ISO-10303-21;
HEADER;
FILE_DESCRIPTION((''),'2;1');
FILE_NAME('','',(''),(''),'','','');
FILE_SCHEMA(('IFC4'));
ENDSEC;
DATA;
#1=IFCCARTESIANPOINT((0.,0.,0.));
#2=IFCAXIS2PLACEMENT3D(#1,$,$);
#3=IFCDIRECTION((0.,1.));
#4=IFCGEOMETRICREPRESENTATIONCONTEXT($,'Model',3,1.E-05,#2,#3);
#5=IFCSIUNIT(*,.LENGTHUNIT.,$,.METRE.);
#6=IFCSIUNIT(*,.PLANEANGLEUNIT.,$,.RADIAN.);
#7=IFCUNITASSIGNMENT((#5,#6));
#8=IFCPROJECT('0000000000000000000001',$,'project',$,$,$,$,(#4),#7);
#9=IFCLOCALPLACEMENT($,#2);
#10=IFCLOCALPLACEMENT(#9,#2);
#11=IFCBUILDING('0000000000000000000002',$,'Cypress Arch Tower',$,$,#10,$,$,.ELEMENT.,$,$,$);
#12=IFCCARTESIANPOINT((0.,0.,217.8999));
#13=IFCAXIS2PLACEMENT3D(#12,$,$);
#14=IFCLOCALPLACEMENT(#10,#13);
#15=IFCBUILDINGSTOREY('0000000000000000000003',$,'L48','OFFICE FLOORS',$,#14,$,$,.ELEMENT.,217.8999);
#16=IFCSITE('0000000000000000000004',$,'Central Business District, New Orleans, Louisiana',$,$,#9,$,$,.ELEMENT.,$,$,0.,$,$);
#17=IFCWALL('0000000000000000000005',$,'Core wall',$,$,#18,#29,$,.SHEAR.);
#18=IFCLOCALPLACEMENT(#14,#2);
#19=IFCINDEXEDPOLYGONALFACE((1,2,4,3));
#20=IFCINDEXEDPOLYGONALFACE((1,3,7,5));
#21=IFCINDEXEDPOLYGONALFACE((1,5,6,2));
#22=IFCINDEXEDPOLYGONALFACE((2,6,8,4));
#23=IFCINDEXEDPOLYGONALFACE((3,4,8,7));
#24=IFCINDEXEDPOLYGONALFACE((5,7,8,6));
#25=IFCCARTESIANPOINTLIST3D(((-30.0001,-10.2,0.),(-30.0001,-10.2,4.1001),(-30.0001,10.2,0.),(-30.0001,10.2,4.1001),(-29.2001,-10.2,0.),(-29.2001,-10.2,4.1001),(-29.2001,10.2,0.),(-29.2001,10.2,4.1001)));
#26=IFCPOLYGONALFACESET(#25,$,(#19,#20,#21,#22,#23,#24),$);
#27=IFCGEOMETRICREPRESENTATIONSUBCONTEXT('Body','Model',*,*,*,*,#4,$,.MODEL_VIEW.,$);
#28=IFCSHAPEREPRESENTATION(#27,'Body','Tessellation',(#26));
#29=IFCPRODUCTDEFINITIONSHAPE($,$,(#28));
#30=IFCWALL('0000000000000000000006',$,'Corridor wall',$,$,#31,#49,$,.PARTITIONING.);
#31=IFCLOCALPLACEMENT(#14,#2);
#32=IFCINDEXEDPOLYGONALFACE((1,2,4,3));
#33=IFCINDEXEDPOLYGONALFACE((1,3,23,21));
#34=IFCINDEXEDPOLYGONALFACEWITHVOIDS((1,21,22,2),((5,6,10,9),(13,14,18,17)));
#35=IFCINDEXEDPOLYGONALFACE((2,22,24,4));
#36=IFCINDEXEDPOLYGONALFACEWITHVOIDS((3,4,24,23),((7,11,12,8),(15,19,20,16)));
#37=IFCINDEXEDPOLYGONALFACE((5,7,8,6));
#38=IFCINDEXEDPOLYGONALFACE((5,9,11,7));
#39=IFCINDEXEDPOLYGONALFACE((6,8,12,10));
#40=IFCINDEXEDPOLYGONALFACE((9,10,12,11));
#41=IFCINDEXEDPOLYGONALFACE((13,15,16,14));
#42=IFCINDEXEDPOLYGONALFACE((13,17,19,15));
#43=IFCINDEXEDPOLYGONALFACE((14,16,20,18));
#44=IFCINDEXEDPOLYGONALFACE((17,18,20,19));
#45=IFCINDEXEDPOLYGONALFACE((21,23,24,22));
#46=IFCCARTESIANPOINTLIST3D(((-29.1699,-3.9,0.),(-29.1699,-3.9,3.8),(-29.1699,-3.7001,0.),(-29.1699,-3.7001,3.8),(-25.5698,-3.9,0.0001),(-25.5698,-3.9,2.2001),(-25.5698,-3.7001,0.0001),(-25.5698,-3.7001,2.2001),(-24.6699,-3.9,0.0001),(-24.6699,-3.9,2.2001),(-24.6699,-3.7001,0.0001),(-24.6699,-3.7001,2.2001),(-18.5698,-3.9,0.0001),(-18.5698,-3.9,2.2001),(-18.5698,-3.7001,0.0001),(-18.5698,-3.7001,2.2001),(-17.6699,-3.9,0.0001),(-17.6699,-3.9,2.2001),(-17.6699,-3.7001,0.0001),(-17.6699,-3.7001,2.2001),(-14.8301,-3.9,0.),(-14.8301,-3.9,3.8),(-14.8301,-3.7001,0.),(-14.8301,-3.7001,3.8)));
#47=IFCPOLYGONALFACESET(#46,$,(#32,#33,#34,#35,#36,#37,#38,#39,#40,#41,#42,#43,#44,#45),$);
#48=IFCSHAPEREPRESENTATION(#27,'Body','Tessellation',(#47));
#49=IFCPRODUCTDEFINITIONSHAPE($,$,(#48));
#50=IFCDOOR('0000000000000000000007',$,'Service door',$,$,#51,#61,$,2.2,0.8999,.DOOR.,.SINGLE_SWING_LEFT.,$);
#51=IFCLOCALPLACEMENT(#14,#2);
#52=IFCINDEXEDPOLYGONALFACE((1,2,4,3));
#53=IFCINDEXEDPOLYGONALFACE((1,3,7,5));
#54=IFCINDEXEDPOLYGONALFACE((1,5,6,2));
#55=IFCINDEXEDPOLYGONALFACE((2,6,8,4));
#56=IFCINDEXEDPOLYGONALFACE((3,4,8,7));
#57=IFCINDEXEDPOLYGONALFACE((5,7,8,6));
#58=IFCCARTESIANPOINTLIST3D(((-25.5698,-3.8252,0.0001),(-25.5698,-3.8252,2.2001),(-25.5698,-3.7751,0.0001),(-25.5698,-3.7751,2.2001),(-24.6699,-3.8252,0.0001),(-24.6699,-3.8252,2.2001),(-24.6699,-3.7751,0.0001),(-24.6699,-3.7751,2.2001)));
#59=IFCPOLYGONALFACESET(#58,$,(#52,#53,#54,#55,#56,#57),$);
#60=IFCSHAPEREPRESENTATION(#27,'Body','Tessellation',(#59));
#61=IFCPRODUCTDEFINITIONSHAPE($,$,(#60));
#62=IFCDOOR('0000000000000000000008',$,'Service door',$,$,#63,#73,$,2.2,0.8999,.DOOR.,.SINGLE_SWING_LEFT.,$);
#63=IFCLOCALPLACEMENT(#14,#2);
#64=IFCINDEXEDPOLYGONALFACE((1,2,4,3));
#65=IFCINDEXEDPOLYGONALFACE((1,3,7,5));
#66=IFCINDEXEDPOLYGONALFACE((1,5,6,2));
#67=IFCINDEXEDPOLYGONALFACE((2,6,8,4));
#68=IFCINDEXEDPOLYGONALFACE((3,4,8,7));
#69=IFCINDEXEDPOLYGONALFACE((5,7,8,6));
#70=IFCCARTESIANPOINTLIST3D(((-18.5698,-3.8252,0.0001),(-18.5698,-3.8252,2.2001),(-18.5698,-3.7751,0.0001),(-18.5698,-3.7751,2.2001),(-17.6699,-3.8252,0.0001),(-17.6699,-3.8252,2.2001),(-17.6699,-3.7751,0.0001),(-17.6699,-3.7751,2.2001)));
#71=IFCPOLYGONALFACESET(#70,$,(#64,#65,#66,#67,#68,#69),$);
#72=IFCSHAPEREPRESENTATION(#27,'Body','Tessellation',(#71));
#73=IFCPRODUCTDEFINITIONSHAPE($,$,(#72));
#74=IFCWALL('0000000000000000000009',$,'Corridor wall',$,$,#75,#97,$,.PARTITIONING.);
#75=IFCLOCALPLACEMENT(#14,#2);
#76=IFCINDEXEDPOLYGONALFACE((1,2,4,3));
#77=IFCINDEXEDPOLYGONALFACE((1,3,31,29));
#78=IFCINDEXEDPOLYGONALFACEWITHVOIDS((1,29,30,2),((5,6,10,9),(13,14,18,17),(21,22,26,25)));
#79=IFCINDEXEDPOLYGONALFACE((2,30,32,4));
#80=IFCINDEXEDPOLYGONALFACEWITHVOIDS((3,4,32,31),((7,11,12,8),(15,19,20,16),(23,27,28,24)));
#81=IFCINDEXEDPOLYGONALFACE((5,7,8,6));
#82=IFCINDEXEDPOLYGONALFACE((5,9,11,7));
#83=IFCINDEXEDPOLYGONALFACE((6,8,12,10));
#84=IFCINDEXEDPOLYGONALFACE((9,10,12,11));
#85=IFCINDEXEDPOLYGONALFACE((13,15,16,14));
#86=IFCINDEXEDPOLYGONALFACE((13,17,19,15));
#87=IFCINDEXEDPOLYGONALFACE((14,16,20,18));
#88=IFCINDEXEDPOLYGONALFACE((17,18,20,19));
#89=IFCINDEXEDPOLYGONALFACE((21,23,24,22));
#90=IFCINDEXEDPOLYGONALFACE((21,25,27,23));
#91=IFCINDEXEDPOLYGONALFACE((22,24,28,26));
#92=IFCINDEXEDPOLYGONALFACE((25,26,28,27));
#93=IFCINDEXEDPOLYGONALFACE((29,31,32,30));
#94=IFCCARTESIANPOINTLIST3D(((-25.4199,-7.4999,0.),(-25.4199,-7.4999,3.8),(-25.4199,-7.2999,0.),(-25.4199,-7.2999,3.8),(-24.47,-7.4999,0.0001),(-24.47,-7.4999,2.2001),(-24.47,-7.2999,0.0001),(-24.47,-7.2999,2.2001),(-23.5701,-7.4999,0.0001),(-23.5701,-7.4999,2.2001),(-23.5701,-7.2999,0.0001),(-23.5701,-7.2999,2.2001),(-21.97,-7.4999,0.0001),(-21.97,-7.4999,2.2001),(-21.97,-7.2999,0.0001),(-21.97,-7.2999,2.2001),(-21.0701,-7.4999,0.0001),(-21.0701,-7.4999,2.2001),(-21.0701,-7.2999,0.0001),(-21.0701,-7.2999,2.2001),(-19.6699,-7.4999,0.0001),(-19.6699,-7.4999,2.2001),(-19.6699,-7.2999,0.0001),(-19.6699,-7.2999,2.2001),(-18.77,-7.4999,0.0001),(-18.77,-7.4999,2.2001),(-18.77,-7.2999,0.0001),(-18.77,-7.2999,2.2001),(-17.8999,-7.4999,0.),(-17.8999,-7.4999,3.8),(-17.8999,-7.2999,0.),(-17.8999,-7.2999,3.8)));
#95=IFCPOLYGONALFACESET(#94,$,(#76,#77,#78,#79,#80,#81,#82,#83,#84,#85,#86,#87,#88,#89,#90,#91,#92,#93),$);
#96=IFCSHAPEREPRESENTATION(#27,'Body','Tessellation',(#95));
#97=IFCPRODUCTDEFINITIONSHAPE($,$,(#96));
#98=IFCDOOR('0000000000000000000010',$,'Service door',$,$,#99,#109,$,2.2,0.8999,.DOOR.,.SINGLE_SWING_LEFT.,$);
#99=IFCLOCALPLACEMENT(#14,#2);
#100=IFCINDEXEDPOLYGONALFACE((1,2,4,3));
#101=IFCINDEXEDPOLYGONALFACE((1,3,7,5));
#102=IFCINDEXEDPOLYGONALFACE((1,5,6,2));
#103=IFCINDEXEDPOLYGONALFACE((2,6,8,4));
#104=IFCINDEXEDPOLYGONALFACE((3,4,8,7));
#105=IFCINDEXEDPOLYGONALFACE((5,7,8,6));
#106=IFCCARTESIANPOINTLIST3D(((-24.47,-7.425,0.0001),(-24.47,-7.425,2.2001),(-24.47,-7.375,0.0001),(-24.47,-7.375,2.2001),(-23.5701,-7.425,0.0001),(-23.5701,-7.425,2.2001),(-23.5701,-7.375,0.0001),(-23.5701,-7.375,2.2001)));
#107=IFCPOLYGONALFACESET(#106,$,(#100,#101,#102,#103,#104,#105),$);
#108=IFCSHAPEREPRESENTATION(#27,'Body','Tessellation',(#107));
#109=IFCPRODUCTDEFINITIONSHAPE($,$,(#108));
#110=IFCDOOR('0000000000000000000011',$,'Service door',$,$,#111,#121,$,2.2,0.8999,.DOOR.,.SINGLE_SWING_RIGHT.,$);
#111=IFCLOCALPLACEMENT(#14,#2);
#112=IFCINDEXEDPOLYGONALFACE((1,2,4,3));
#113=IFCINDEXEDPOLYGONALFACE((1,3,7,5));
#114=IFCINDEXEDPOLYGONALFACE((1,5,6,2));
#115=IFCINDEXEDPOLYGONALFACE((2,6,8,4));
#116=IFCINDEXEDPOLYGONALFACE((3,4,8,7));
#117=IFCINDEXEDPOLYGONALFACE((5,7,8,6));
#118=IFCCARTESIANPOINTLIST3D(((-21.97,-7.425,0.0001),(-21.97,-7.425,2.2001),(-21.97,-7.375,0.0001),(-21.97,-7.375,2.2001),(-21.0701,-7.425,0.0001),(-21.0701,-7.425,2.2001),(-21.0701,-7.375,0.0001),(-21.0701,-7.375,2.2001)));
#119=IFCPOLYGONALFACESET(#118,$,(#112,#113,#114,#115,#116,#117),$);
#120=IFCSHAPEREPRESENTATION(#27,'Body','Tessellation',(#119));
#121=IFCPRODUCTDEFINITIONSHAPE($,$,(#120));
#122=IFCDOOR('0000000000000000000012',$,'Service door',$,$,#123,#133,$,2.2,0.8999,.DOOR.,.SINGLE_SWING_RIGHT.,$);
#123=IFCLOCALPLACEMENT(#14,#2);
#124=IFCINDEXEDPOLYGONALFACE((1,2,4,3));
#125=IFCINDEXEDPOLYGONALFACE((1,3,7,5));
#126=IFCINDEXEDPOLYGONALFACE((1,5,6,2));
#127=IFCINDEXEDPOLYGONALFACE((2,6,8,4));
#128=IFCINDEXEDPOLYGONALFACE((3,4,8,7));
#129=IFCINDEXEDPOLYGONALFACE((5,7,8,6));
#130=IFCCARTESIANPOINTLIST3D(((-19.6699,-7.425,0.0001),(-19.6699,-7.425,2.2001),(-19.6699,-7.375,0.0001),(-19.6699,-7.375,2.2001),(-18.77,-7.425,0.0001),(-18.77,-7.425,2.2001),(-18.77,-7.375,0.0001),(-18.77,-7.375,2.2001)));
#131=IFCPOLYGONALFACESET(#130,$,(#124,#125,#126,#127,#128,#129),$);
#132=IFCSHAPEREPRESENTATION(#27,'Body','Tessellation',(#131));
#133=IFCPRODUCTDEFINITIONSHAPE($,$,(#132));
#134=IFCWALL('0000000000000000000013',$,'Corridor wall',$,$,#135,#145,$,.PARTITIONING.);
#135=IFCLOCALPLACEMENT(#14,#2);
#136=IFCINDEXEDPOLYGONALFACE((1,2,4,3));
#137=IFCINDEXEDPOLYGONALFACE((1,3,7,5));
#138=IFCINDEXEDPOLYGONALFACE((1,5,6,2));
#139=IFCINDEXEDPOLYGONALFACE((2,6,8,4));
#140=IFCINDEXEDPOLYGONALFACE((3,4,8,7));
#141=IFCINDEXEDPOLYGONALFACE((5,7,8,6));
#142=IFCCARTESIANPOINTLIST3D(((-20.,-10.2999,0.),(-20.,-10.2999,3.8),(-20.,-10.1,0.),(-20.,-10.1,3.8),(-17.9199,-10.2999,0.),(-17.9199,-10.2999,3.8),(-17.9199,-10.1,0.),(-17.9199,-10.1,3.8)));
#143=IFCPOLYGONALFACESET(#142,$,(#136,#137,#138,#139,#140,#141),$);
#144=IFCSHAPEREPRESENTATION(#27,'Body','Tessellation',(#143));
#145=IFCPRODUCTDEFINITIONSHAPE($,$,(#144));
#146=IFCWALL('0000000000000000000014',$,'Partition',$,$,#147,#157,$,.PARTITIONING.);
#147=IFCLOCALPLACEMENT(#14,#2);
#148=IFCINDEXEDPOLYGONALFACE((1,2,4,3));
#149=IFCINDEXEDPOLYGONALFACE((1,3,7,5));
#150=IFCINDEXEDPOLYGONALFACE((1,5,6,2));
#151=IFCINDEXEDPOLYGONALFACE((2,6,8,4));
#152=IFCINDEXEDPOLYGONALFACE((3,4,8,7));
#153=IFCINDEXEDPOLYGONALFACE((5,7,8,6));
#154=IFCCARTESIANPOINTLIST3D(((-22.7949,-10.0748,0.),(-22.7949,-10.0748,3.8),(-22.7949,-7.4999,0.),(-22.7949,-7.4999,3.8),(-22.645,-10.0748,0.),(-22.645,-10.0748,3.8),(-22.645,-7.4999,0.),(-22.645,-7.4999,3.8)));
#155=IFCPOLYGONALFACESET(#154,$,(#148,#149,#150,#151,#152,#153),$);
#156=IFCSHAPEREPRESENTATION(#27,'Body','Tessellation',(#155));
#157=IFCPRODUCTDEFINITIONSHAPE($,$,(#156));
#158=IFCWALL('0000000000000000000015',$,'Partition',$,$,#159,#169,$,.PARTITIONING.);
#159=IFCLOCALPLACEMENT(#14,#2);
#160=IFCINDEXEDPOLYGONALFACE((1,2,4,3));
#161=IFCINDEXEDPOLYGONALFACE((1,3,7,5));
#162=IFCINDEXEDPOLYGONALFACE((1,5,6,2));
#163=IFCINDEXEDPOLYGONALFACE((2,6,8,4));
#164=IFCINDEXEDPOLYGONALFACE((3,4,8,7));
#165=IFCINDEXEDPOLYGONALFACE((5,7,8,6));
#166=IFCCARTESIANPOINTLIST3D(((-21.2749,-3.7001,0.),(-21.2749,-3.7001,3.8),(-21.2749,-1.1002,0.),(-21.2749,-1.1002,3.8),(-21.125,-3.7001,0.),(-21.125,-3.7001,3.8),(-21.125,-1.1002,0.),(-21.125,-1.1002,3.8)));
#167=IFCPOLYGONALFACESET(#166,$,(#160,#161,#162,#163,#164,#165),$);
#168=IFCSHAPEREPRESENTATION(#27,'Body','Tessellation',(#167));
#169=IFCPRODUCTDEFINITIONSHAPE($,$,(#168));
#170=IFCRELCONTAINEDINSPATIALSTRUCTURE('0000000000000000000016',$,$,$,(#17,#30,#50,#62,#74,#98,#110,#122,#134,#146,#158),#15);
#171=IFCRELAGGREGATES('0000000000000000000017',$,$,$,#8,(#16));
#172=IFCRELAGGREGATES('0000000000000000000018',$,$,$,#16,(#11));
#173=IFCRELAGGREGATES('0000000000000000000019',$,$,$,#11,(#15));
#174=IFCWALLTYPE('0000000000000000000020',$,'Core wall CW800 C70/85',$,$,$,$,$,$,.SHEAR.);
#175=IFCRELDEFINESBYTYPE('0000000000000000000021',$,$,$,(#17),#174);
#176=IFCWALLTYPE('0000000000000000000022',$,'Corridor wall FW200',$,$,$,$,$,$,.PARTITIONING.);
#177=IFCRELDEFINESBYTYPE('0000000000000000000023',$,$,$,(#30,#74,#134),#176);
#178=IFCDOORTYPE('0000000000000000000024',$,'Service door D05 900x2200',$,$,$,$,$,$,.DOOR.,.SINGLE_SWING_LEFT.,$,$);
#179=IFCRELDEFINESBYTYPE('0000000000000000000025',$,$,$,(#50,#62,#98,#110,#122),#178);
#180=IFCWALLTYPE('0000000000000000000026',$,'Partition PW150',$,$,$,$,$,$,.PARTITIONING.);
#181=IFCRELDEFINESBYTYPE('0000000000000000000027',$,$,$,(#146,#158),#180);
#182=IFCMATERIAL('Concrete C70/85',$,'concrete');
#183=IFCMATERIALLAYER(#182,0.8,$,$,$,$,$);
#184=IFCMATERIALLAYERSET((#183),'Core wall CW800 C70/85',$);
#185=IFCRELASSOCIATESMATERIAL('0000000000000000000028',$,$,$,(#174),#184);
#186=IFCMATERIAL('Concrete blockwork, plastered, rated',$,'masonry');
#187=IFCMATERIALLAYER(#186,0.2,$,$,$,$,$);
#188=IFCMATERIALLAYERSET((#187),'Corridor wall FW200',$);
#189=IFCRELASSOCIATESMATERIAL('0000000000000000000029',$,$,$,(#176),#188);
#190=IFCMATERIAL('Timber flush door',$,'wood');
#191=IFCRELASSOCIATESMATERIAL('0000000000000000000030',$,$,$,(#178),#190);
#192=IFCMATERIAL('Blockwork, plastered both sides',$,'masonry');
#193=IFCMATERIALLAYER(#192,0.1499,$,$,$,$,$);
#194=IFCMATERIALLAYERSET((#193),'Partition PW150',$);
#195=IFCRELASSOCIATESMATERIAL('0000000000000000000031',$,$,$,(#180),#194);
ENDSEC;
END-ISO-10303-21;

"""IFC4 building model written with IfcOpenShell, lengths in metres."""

from ifc_helpers import new_model, si_unit, direction, frame, frame_2d, origin, place, context, subcontext, project, spatial, rectangle, extrude, material, layer, layer_set, type_object, element, fill, save


model = new_model("IFC4")

# Units and contexts
model_context = context("Model", 3, precision=1e-05, world=origin(), true_north=direction((0.0, 1.0)))
body_context = subcontext(model_context, "Body", "Model", "MODEL_VIEW")
ifc_project = project(units=[si_unit("LENGTHUNIT", "METRE"), si_unit("PLANEANGLEUNIT", "RADIAN")], contexts=[model_context])

# Site, building, storey
site_placement = place(None, origin())
site = spatial("IfcSite", under=ifc_project, at=site_placement, Name="Central Business District, New Orleans, Louisiana", CompositionType="ELEMENT", RefElevation=0.0)
building_placement = place(site_placement, origin())
building = spatial("IfcBuilding", under=site, at=building_placement, Name="Cypress Arch Tower", CompositionType="ELEMENT")
storey_placement = place(building_placement, frame((0.0, 0.0, 217.8999)))
storey = spatial("IfcBuildingStorey", under=building, at=storey_placement, Name="L48", Description="OFFICE FLOORS", CompositionType="ELEMENT", Elevation=217.8999)

# Wall
ifc_material_1 = material(Name="Concrete C70/85", Category="concrete")
ifc_layer_1 = layer(ifc_material_1, 0.8)
ifc_layer_set_1 = layer_set([ifc_layer_1], Name="Core wall CW800 C70/85")
wall_type_1 = type_object("IfcWallType", Name="Core wall CW800 C70/85", PredefinedType="SHEAR", material=ifc_layer_set_1)
wall_1_placement = place(storey_placement, frame((-29.6001, -10.2, 0.0), z_axis=(0.0, 0.0, 1.0), x_axis=(0.0, 1.0, 0.0)))
element("IfcWall", 1, at=wall_1_placement, inside=storey, type_object=wall_type_1, Name="Core wall", PredefinedType="SHEAR", context=body_context, shape_type="SweptSolid", body=[
    extrude(rectangle(XDim=20.3999, YDim=0.8, at=frame_2d((10.2, 0.0))), origin(), (0.0, 0.0, 1.0), 4.1001),
])

# Walls, openings, doors
ifc_material_2 = material(Name="Concrete blockwork, plastered, rated", Category="masonry")
ifc_layer_2 = layer(ifc_material_2, 0.2)
ifc_layer_set_2 = layer_set([ifc_layer_2], Name="Corridor wall FW200")
wall_type_2 = type_object("IfcWallType", Name="Corridor wall FW200", PredefinedType="PARTITIONING", material=ifc_layer_set_2)
wall_2_placement = place(storey_placement, frame((-29.1699, -3.8, 0.0), z_axis=(0.0, 0.0, 1.0), x_axis=(1.0, 0.0, 0.0)))
wall_2 = element("IfcWall", 2, at=wall_2_placement, inside=storey, type_object=wall_type_2, Name="Corridor wall", PredefinedType="PARTITIONING", context=body_context, shape_type="SweptSolid", body=[
    extrude(rectangle(XDim=14.3398, YDim=0.2, at=frame_2d((7.1699, 0.0))), origin(), (0.0, 0.0, 1.0), 3.8),
])
opening_1_placement = place(wall_2_placement, frame((3.6001, 0.0, 0.0)))
opening_1 = element("IfcOpeningElement", 3, at=opening_1_placement, cuts=wall_2, PredefinedType="OPENING", context=body_context, shape_type="SweptSolid", body=[
    extrude(rectangle(XDim=0.8999, YDim=2.2, at=frame_2d((0.45, 1.1001))), frame((0.0, 0.1099, 0.0), z_axis=(0.0, -1.0, 0.0), x_axis=(1.0, 0.0, 0.0)), (0.0, 0.0, 1.0), 0.22),
])
opening_2_placement = place(wall_2_placement, frame((10.6001, 0.0, 0.0)))
opening_2 = element("IfcOpeningElement", 4, at=opening_2_placement, cuts=wall_2, PredefinedType="OPENING", context=body_context, shape_type="SweptSolid", body=[
    extrude(rectangle(XDim=0.8999, YDim=2.2, at=frame_2d((0.45, 1.1001))), frame((0.0, 0.1099, 0.0), z_axis=(0.0, -1.0, 0.0), x_axis=(1.0, 0.0, 0.0)), (0.0, 0.0, 1.0), 0.22),
])
ifc_material_3 = material(Name="Timber flush door", Category="wood")
door_type_1 = type_object("IfcDoorType", Name="Service door D05 900x2200", OperationType="SINGLE_SWING_LEFT", PredefinedType="DOOR", material=ifc_material_3)
door_1_placement = place(opening_1_placement, origin())
door_1 = element("IfcDoor", 5, at=door_1_placement, inside=storey, type_object=door_type_1, Name="Service door", OperationType="SINGLE_SWING_LEFT", OverallHeight=2.2, OverallWidth=0.8999, PredefinedType="DOOR", context=body_context, shape_type="SweptSolid", body=[
    extrude(rectangle(XDim=0.8999, YDim=2.2, at=frame_2d((0.45, 1.1001))), frame((0.0, 0.0249, 0.0), z_axis=(0.0, -1.0, 0.0), x_axis=(1.0, 0.0, 0.0)), (0.0, 0.0, 1.0), 0.05),
])
fill(opening_1, door_1)
door_2_placement = place(opening_2_placement, origin())
door_2 = element("IfcDoor", 6, at=door_2_placement, inside=storey, type_object=door_type_1, Name="Service door", OperationType="SINGLE_SWING_LEFT", OverallHeight=2.2, OverallWidth=0.8999, PredefinedType="DOOR", context=body_context, shape_type="SweptSolid", body=[
    extrude(rectangle(XDim=0.8999, YDim=2.2, at=frame_2d((0.45, 1.1001))), frame((0.0, 0.0249, 0.0), z_axis=(0.0, -1.0, 0.0), x_axis=(1.0, 0.0, 0.0)), (0.0, 0.0, 1.0), 0.05),
])
fill(opening_2, door_2)
wall_3_placement = place(storey_placement, frame((-25.4199, -7.3999, 0.0), z_axis=(0.0, 0.0, 1.0), x_axis=(1.0, 0.0, 0.0)))
wall_3 = element("IfcWall", 7, at=wall_3_placement, inside=storey, type_object=wall_type_2, Name="Corridor wall", PredefinedType="PARTITIONING", context=body_context, shape_type="SweptSolid", body=[
    extrude(rectangle(XDim=7.52, YDim=0.2, at=frame_2d((3.76, 0.0))), origin(), (0.0, 0.0, 1.0), 3.8),
])
opening_3_placement = place(wall_3_placement, frame((0.95, 0.0, 0.0)))
opening_3 = element("IfcOpeningElement", 8, at=opening_3_placement, cuts=wall_3, PredefinedType="OPENING", context=body_context, shape_type="SweptSolid", body=[
    extrude(rectangle(XDim=0.8999, YDim=2.2, at=frame_2d((0.45, 1.1001))), frame((0.0, 0.1099, 0.0), z_axis=(0.0, -1.0, 0.0), x_axis=(1.0, 0.0, 0.0)), (0.0, 0.0, 1.0), 0.22),
])
opening_4_placement = place(wall_3_placement, frame((3.45, 0.0, 0.0)))
opening_4 = element("IfcOpeningElement", 9, at=opening_4_placement, cuts=wall_3, PredefinedType="OPENING", context=body_context, shape_type="SweptSolid", body=[
    extrude(rectangle(XDim=0.8999, YDim=2.2, at=frame_2d((0.45, 1.1001))), frame((0.0, 0.1099, 0.0), z_axis=(0.0, -1.0, 0.0), x_axis=(1.0, 0.0, 0.0)), (0.0, 0.0, 1.0), 0.22),
])
opening_5_placement = place(wall_3_placement, frame((5.75, 0.0, 0.0)))
opening_5 = element("IfcOpeningElement", 10, at=opening_5_placement, cuts=wall_3, PredefinedType="OPENING", context=body_context, shape_type="SweptSolid", body=[
    extrude(rectangle(XDim=0.8999, YDim=2.2, at=frame_2d((0.45, 1.1001))), frame((0.0, 0.1099, 0.0), z_axis=(0.0, -1.0, 0.0), x_axis=(1.0, 0.0, 0.0)), (0.0, 0.0, 1.0), 0.22),
])
door_3_placement = place(opening_3_placement, origin())
door_3 = element("IfcDoor", 11, at=door_3_placement, inside=storey, type_object=door_type_1, Name="Service door", OperationType="SINGLE_SWING_LEFT", OverallHeight=2.2, OverallWidth=0.8999, PredefinedType="DOOR", context=body_context, shape_type="SweptSolid", body=[
    extrude(rectangle(XDim=0.8999, YDim=2.2, at=frame_2d((0.45, 1.1001))), frame((0.0, 0.0249, 0.0), z_axis=(0.0, -1.0, 0.0), x_axis=(1.0, 0.0, 0.0)), (0.0, 0.0, 1.0), 0.05),
])
fill(opening_3, door_3)
door_4_placement = place(opening_4_placement, origin())
door_4 = element("IfcDoor", 12, at=door_4_placement, inside=storey, type_object=door_type_1, Name="Service door", OperationType="SINGLE_SWING_RIGHT", OverallHeight=2.2, OverallWidth=0.8999, PredefinedType="DOOR", context=body_context, shape_type="SweptSolid", body=[
    extrude(rectangle(XDim=0.8999, YDim=2.2, at=frame_2d((0.45, 1.1001))), frame((0.0, 0.0249, 0.0), z_axis=(0.0, -1.0, 0.0), x_axis=(1.0, 0.0, 0.0)), (0.0, 0.0, 1.0), 0.05),
])
fill(opening_4, door_4)
door_5_placement = place(opening_5_placement, origin())
door_5 = element("IfcDoor", 13, at=door_5_placement, inside=storey, type_object=door_type_1, Name="Service door", OperationType="SINGLE_SWING_RIGHT", OverallHeight=2.2, OverallWidth=0.8999, PredefinedType="DOOR", context=body_context, shape_type="SweptSolid", body=[
    extrude(rectangle(XDim=0.8999, YDim=2.2, at=frame_2d((0.45, 1.1001))), frame((0.0, 0.0249, 0.0), z_axis=(0.0, -1.0, 0.0), x_axis=(1.0, 0.0, 0.0)), (0.0, 0.0, 1.0), 0.05),
])
fill(opening_5, door_5)

# Walls
wall_4_placement = place(storey_placement, frame((-20.0, -10.2, 0.0), z_axis=(0.0, 0.0, 1.0), x_axis=(1.0, 0.0, 0.0)))
element("IfcWall", 14, at=wall_4_placement, inside=storey, type_object=wall_type_2, Name="Corridor wall", PredefinedType="PARTITIONING", context=body_context, shape_type="SweptSolid", body=[
    extrude(rectangle(XDim=2.0801, YDim=0.2, at=frame_2d((1.04, 0.0))), origin(), (0.0, 0.0, 1.0), 3.8),
])
ifc_material_4 = material(Name="Blockwork, plastered both sides", Category="masonry")
ifc_layer_3 = layer(ifc_material_4, 0.1499)
ifc_layer_set_3 = layer_set([ifc_layer_3], Name="Partition PW150")
wall_type_3 = type_object("IfcWallType", Name="Partition PW150", PredefinedType="PARTITIONING", material=ifc_layer_set_3)
wall_5_placement = place(storey_placement, frame((-22.72, -10.075, 0.0), z_axis=(0.0, 0.0, 1.0), x_axis=(0.0, 1.0, 0.0)))
element("IfcWall", 15, at=wall_5_placement, inside=storey, type_object=wall_type_3, Name="Partition", PredefinedType="PARTITIONING", context=body_context, shape_type="SweptSolid", body=[
    extrude(rectangle(XDim=2.575, YDim=0.1499, at=frame_2d((1.2876, 0.0))), origin(), (0.0, 0.0, 1.0), 3.8),
])
wall_6_placement = place(storey_placement, frame((-21.2, -3.7, 0.0), z_axis=(0.0, 0.0, 1.0), x_axis=(0.0, 1.0, 0.0)))
element("IfcWall", 16, at=wall_6_placement, inside=storey, type_object=wall_type_3, Name="Partition", PredefinedType="PARTITIONING", context=body_context, shape_type="SweptSolid", body=[
    extrude(rectangle(XDim=2.5999, YDim=0.1499, at=frame_2d((1.2998, 0.0))), origin(), (0.0, 0.0, 1.0), 3.8),
])

save(model, "model.ifc")
